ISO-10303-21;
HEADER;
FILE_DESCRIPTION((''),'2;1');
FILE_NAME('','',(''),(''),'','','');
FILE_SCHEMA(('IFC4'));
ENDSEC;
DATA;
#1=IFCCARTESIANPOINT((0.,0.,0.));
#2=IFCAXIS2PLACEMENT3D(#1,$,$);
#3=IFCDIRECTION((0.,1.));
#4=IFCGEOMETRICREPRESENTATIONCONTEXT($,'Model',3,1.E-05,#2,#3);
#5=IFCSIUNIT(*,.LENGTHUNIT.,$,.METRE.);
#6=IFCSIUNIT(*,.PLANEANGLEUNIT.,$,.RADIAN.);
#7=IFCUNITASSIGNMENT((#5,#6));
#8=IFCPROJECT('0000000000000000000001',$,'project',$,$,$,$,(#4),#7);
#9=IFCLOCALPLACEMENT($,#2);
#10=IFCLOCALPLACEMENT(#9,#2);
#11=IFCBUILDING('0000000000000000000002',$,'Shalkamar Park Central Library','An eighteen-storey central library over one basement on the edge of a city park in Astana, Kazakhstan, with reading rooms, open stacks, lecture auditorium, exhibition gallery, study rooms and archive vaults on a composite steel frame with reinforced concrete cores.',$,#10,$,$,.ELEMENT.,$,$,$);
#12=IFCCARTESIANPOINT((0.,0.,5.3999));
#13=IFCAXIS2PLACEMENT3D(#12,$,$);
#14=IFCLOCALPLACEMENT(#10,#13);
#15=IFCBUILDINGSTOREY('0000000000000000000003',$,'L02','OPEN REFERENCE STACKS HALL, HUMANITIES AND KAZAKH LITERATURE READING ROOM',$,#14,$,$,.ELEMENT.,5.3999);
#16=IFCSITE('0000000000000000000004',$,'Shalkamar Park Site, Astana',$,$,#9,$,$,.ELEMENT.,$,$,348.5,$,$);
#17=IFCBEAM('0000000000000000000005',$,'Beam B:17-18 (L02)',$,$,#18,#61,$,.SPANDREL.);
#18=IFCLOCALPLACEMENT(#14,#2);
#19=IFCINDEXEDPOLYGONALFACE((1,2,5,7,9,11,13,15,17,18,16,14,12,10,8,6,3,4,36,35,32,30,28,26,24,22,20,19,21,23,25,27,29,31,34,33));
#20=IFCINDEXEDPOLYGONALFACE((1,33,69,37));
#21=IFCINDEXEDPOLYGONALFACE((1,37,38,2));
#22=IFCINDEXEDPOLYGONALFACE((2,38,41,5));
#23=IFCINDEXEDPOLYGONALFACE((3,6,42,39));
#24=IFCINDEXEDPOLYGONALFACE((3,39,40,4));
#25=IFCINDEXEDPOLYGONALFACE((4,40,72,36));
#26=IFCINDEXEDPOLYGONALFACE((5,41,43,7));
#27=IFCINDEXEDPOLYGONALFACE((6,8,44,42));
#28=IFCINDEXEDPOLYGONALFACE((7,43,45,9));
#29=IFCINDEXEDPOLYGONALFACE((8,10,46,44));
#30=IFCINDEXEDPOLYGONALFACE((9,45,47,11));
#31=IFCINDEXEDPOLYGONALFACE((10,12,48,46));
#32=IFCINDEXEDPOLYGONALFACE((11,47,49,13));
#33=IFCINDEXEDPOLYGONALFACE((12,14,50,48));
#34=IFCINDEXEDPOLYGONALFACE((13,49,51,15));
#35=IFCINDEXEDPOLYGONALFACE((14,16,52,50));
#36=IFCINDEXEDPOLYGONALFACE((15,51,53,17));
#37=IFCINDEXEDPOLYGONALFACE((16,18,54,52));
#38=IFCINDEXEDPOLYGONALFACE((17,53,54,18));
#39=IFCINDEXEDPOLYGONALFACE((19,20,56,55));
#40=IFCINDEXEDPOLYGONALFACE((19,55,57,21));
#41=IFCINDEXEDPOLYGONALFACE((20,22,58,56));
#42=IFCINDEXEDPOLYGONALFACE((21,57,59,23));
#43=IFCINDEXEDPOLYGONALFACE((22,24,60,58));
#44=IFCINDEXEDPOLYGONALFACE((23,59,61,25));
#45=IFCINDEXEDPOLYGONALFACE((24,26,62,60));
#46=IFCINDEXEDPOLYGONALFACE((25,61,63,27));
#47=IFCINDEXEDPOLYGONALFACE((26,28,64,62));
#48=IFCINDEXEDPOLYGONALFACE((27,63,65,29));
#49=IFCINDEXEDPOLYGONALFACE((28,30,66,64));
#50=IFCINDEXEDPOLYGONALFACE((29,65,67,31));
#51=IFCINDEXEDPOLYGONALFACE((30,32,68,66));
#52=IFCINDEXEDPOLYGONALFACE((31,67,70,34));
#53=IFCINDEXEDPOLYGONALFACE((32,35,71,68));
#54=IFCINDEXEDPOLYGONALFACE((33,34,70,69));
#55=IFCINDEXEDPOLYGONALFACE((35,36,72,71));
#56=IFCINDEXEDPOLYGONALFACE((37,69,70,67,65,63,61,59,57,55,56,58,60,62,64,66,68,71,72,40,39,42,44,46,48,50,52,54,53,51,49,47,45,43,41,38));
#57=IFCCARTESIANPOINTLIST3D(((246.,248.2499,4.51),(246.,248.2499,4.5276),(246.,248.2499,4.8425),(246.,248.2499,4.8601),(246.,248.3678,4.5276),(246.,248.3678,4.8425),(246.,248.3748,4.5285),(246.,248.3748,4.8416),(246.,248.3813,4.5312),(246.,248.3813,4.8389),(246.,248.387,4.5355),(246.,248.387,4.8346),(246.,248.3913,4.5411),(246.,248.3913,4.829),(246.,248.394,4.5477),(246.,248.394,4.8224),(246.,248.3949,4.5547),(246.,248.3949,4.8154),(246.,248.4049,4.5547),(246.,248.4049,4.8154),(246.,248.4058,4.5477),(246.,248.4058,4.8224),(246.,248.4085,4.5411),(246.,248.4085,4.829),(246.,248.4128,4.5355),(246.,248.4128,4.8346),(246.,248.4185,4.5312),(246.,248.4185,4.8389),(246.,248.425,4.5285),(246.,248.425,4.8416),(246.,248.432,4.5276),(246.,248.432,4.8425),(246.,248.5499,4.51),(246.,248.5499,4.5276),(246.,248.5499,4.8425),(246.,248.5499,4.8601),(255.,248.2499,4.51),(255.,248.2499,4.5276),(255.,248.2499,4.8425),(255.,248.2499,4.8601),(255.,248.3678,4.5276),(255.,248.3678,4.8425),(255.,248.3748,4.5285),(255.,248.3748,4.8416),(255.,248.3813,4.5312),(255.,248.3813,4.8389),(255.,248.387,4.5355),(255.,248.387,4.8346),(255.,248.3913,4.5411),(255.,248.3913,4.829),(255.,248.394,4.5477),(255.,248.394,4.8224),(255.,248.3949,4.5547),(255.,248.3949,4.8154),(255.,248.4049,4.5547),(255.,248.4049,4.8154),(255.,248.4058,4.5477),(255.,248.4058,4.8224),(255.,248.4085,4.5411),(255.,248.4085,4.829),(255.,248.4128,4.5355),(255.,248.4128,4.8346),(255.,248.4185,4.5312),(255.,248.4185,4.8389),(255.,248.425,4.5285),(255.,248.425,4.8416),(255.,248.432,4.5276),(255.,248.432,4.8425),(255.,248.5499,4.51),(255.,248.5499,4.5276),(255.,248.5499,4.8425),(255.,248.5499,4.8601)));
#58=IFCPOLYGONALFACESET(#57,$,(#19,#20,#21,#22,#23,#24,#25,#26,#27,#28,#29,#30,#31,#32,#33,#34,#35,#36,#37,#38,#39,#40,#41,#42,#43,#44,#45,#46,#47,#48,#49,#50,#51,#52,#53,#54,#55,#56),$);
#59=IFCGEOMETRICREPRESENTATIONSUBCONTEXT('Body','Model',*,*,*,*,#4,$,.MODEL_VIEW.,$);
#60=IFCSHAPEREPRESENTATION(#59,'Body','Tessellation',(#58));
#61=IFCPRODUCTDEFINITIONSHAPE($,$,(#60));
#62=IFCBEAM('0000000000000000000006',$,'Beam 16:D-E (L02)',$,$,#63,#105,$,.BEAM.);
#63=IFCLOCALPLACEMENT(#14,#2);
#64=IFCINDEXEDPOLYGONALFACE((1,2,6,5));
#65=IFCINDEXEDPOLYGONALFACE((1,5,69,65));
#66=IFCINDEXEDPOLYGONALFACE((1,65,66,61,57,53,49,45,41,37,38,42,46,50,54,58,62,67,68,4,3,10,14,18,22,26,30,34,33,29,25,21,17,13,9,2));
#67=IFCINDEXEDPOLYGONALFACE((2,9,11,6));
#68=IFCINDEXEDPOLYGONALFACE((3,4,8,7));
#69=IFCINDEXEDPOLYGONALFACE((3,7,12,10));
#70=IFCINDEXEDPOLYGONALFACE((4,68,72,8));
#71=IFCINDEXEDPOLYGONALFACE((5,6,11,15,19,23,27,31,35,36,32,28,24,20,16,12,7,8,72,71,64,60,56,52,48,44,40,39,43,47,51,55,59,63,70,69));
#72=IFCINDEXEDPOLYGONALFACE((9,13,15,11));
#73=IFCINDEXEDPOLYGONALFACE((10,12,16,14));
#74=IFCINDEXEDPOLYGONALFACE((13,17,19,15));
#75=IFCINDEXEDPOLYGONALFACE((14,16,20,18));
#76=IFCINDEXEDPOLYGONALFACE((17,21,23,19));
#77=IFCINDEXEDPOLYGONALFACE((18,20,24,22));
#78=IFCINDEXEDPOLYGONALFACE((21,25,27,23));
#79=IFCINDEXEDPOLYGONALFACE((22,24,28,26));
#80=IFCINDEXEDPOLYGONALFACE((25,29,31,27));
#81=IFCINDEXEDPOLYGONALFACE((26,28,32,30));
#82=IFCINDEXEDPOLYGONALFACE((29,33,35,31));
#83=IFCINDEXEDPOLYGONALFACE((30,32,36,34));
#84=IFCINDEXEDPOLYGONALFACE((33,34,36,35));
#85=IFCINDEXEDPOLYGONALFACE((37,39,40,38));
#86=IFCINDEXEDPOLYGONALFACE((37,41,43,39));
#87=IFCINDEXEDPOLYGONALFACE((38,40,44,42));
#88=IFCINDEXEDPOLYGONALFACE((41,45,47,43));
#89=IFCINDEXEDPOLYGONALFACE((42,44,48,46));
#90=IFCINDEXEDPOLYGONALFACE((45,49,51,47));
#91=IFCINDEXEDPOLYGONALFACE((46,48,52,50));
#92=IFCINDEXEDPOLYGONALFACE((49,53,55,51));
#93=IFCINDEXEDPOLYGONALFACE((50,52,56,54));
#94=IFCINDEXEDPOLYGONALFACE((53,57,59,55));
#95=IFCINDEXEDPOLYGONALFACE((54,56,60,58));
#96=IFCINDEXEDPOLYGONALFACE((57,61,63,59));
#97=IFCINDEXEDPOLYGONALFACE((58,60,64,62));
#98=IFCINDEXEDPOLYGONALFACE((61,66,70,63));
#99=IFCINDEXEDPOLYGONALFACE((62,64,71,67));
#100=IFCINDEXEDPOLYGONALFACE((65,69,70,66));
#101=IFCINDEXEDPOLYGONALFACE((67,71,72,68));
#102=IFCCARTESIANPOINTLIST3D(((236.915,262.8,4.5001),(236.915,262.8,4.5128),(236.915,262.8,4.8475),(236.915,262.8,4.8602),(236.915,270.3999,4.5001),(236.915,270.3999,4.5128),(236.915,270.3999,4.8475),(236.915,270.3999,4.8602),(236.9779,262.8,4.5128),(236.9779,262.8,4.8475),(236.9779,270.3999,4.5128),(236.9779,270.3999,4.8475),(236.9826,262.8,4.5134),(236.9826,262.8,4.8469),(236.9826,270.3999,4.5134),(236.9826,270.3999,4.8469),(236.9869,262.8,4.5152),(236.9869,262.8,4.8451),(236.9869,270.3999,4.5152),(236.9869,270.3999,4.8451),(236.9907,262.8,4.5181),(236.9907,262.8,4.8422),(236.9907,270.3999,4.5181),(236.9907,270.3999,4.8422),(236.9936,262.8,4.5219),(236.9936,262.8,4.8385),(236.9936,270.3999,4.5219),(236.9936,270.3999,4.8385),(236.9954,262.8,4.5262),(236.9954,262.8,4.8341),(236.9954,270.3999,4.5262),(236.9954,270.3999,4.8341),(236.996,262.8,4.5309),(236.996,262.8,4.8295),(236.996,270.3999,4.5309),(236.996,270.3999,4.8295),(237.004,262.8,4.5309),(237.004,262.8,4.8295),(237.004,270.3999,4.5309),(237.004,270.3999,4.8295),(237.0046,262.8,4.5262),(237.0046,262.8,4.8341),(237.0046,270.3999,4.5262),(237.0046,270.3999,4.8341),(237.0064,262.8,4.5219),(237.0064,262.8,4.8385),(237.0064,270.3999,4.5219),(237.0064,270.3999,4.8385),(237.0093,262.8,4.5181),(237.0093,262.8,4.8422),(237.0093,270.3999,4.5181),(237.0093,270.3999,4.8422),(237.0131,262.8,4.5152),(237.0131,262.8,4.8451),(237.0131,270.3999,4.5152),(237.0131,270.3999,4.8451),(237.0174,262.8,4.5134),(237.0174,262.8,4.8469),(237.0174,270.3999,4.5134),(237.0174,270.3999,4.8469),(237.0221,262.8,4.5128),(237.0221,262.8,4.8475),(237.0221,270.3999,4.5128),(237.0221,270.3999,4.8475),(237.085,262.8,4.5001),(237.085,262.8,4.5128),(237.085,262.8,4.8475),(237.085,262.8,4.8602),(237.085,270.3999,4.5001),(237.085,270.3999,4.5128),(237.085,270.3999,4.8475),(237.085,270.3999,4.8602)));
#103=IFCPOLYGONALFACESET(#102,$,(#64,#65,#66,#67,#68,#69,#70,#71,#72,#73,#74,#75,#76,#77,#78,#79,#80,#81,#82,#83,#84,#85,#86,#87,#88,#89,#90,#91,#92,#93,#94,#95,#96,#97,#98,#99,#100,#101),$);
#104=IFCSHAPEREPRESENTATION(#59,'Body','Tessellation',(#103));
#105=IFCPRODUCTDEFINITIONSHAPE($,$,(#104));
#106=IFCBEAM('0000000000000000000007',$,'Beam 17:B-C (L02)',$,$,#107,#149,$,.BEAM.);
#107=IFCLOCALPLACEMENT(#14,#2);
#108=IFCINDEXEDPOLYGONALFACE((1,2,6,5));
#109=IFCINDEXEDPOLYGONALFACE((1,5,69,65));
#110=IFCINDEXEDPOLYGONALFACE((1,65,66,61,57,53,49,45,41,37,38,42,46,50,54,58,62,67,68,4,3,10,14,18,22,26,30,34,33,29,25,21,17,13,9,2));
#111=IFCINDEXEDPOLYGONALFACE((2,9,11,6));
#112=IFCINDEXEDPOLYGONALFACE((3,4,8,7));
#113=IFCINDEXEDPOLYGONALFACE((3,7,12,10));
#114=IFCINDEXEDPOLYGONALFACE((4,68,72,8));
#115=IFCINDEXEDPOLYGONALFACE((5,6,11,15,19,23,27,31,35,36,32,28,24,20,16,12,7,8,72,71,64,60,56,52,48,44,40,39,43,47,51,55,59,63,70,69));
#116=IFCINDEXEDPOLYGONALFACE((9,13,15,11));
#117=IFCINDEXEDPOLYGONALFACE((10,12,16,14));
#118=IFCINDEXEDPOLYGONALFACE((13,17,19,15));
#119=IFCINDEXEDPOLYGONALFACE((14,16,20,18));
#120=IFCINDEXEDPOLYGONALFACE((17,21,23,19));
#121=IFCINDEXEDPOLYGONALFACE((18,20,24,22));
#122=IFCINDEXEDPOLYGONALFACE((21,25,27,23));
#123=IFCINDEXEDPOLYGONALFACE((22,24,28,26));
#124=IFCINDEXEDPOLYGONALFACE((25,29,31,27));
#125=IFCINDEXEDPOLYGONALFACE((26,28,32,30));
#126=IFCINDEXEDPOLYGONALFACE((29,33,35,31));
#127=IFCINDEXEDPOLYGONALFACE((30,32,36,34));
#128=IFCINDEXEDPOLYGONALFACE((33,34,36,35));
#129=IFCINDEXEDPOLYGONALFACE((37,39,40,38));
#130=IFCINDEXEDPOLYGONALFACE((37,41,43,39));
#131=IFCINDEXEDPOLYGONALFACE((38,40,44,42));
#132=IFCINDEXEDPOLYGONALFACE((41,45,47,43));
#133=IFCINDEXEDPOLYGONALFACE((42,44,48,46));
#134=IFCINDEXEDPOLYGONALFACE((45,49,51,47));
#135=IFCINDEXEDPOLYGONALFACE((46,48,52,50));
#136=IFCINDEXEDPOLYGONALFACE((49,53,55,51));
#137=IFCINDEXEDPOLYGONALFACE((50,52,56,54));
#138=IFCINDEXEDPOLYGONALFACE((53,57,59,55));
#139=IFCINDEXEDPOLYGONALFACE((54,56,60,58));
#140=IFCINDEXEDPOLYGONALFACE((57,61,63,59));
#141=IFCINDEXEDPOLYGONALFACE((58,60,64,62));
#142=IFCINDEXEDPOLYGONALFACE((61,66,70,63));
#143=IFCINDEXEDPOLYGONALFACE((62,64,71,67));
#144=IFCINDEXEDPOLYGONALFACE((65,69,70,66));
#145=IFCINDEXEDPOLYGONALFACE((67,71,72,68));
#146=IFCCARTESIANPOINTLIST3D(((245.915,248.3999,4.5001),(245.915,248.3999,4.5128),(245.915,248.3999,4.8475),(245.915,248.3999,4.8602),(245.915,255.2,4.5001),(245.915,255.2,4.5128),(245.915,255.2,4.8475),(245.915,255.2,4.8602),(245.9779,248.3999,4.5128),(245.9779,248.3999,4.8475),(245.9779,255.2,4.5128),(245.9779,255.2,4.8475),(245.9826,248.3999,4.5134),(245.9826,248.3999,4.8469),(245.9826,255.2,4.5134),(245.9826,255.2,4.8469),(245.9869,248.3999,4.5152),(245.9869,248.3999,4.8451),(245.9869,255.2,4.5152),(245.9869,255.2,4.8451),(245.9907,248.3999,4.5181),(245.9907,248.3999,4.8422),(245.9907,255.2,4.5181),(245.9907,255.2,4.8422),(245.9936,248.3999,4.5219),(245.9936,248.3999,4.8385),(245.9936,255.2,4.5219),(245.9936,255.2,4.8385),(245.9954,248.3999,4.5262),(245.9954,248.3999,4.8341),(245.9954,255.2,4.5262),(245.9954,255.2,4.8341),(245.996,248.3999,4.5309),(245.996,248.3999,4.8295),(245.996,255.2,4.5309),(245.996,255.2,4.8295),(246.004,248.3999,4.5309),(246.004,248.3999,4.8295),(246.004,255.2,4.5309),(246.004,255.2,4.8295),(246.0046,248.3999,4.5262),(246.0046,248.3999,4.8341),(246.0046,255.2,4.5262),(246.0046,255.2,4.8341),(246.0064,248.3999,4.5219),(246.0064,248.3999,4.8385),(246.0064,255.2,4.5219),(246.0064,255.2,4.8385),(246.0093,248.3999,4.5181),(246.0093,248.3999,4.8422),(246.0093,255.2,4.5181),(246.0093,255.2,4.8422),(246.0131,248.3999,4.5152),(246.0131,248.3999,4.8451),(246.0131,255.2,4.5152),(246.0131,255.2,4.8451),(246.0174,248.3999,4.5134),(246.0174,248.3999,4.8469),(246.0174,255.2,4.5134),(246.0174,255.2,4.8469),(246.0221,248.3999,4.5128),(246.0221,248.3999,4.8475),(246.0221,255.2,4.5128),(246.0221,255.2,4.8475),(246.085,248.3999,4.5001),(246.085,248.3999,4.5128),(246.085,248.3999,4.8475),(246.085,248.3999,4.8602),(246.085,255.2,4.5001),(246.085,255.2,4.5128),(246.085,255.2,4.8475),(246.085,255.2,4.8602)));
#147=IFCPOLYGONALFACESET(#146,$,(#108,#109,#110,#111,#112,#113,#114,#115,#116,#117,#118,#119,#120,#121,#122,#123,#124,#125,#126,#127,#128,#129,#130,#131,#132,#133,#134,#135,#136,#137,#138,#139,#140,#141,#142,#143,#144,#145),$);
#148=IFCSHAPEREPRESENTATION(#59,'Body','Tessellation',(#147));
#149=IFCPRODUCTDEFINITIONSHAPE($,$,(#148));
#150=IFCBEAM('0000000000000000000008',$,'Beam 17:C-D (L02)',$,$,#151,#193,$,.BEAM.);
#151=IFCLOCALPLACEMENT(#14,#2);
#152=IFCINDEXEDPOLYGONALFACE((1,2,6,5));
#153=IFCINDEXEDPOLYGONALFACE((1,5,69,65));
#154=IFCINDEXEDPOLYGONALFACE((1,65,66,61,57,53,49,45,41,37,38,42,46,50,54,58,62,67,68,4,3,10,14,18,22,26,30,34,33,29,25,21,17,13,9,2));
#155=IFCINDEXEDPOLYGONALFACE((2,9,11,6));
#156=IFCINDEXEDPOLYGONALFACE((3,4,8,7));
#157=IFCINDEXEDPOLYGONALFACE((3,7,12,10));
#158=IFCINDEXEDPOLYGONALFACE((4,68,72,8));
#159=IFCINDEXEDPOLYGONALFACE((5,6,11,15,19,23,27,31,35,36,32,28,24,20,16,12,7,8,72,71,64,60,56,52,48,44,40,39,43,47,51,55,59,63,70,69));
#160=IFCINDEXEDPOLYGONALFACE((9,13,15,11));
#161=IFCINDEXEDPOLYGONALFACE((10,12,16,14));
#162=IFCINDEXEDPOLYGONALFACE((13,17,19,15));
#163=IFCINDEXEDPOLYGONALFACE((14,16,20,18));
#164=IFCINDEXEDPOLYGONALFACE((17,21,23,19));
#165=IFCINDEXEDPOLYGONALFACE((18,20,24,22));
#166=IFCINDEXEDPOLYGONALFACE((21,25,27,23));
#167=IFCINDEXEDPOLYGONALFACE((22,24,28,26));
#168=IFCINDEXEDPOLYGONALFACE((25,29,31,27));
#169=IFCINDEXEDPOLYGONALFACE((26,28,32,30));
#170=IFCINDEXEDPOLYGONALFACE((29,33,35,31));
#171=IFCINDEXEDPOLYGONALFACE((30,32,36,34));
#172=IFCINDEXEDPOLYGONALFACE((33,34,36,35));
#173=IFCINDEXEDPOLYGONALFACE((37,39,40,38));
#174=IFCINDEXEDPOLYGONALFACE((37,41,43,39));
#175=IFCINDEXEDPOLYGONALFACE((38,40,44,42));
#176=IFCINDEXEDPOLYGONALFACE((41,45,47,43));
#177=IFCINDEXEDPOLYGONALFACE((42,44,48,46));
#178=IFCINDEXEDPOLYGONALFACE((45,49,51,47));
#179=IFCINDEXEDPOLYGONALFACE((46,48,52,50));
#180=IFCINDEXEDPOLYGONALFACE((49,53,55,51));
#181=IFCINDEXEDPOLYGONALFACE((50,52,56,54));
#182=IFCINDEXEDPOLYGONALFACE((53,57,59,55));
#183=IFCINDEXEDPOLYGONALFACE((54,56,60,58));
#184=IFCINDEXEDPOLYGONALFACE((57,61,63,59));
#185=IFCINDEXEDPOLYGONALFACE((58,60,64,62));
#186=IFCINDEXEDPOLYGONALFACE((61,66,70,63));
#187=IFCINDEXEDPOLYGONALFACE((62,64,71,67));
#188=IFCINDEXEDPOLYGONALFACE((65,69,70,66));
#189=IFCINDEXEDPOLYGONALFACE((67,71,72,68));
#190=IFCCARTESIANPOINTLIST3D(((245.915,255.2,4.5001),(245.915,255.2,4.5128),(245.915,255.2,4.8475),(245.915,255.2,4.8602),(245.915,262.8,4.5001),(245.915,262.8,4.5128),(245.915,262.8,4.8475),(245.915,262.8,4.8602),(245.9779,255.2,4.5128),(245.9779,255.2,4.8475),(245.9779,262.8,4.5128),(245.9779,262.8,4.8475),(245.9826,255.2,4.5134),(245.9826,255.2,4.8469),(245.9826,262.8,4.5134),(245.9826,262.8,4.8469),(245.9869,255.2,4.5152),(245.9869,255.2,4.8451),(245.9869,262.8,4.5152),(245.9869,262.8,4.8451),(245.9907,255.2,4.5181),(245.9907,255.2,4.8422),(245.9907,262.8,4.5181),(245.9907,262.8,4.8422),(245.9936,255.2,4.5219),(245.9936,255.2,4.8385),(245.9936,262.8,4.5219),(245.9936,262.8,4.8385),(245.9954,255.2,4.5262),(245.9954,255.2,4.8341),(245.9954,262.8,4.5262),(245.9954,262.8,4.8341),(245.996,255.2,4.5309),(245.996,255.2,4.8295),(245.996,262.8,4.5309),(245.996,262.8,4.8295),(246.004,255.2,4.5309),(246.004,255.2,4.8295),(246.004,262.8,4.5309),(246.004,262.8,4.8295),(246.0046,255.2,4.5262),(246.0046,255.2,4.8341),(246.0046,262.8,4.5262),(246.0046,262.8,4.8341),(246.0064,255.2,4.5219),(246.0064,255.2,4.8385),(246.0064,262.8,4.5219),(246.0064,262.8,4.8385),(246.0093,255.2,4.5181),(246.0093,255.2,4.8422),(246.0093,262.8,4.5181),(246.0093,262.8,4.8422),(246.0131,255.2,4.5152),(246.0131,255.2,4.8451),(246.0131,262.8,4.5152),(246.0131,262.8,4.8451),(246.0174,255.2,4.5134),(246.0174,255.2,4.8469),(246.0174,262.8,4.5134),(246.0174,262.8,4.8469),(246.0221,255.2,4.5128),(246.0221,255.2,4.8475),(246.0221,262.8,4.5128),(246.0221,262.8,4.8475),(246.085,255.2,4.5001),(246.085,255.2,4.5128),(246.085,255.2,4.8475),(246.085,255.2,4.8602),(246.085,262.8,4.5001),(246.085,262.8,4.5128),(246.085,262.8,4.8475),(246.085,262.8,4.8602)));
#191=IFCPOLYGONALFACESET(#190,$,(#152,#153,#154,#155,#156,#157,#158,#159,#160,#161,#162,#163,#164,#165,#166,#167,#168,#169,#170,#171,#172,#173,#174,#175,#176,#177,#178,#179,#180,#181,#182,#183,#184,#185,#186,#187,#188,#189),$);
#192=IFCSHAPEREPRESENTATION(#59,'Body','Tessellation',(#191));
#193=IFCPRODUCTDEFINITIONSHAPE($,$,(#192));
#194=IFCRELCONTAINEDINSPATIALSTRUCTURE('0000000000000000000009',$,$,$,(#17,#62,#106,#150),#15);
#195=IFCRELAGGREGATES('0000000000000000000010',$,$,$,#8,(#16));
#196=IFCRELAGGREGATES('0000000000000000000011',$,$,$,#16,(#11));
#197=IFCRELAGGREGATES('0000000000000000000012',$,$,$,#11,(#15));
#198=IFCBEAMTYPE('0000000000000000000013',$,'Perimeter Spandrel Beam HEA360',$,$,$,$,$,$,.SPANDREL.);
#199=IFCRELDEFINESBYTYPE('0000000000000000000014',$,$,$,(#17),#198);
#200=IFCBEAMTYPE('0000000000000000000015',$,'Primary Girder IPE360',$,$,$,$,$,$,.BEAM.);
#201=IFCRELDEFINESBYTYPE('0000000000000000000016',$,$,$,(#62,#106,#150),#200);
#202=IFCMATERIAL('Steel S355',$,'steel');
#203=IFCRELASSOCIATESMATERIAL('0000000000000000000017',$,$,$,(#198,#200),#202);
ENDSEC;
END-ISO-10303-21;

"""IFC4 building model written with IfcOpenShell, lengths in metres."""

from ifc_helpers import new_model, si_unit, direction, frame, origin, origin_2d, place, context, subcontext, project, spatial, i_section, extrude, material, material_profile, profile_set, type_object, element, save


model = new_model("IFC4")

# Units and contexts
model_context = context("Model", 3, precision=1e-05, world=origin(), true_north=direction((0.0, 1.0)))
body_context = subcontext(model_context, "Body", "Model", "MODEL_VIEW")
ifc_project = project(units=[si_unit("LENGTHUNIT", "METRE"), si_unit("PLANEANGLEUNIT", "RADIAN")], contexts=[model_context])

# Site, building, storey
site_placement = place(None, origin())
site = spatial("IfcSite", under=ifc_project, at=site_placement, Name="Shalkamar Park Site, Astana", CompositionType="ELEMENT", RefElevation=348.5)
building_placement = place(site_placement, origin())
building = spatial("IfcBuilding", under=site, at=building_placement, Name="Shalkamar Park Central Library", Description="An eighteen-storey central library over one basement on the edge of a city park in Astana, Kazakhstan, with reading rooms, open stacks, lecture auditorium, exhibition gallery, study rooms and archive vaults on a composite steel frame with reinforced concrete cores.", CompositionType="ELEMENT")
storey_placement = place(building_placement, frame((0.0, 0.0, 5.3999)))
storey = spatial("IfcBuildingStorey", under=building, at=storey_placement, Name="L02", Description="OPEN REFERENCE STACKS HALL, HUMANITIES AND KAZAKH LITERATURE READING ROOM", CompositionType="ELEMENT", Elevation=5.3999)

# Shared definitions
ifc_material_1 = material(Name="Steel S355", Category="steel")

# Beams
ifc_material_profile_1 = material_profile(ifc_material_1, i_section(OverallWidth=0.3, OverallDepth=0.3501, WebThickness=0.01, FlangeThickness=0.0176, FilletRadius=0.0271, at=origin_2d()), Name="HEA 360")
ifc_profile_set_1 = profile_set([ifc_material_profile_1], Name="Steel S355")
beam_type_1 = type_object("IfcBeamType", Name="Perimeter Spandrel Beam HEA360", PredefinedType="SPANDREL", material=ifc_profile_set_1)
beam_1_placement = place(storey_placement, frame((246.0, 248.3999, 4.6851), z_axis=(1.0, 0.0, 0.0), x_axis=(0.0, 1.0, 0.0)))
element("IfcBeam", 1, at=beam_1_placement, inside=storey, type_object=beam_type_1, Name="Beam B:17-18 (L02)", PredefinedType="SPANDREL", context=body_context, shape_type="SweptSolid", body=[
    extrude(i_section(OverallWidth=0.3, OverallDepth=0.3501, WebThickness=0.01, FlangeThickness=0.0176, FilletRadius=0.0271, at=origin_2d()), origin(), (0.0, 0.0, 1.0), 9.0),
])
ifc_material_profile_2 = material_profile(ifc_material_1, i_section(OverallWidth=0.1699, OverallDepth=0.3601, WebThickness=0.0081, FlangeThickness=0.0127, FilletRadius=0.0181, at=origin_2d()), Name="IPE 360")
ifc_profile_set_2 = profile_set([ifc_material_profile_2], Name="Steel S355")
beam_type_2 = type_object("IfcBeamType", Name="Primary Girder IPE360", PredefinedType="BEAM", material=ifc_profile_set_2)
beam_2_placement = place(storey_placement, frame((237.0, 262.8, 4.6802), z_axis=(0.0, 1.0, 0.0), x_axis=(-1.0, 0.0, 0.0)))
element("IfcBeam", 2, at=beam_2_placement, inside=storey, type_object=beam_type_2, Name="Beam 16:D-E (L02)", PredefinedType="BEAM", context=body_context, shape_type="SweptSolid", body=[
    extrude(i_section(OverallWidth=0.1699, OverallDepth=0.3601, WebThickness=0.0081, FlangeThickness=0.0127, FilletRadius=0.0181, at=origin_2d()), origin(), (0.0, 0.0, 1.0), 7.5999),
])
beam_3_placement = place(storey_placement, frame((246.0, 248.3999, 4.6802), z_axis=(0.0, 1.0, 0.0), x_axis=(-1.0, 0.0, 0.0)))
element("IfcBeam", 3, at=beam_3_placement, inside=storey, type_object=beam_type_2, Name="Beam 17:B-C (L02)", PredefinedType="BEAM", context=body_context, shape_type="SweptSolid", body=[
    extrude(i_section(OverallWidth=0.1699, OverallDepth=0.3601, WebThickness=0.0081, FlangeThickness=0.0127, FilletRadius=0.0181, at=origin_2d()), origin(), (0.0, 0.0, 1.0), 6.8),
])
beam_4_placement = place(storey_placement, frame((246.0, 255.2, 4.6802), z_axis=(0.0, 1.0, 0.0), x_axis=(-1.0, 0.0, 0.0)))
element("IfcBeam", 4, at=beam_4_placement, inside=storey, type_object=beam_type_2, Name="Beam 17:C-D (L02)", PredefinedType="BEAM", context=body_context, shape_type="SweptSolid", body=[
    extrude(i_section(OverallWidth=0.1699, OverallDepth=0.3601, WebThickness=0.0081, FlangeThickness=0.0127, FilletRadius=0.0181, at=origin_2d()), origin(), (0.0, 0.0, 1.0), 7.6001),
])

save(model, "model.ifc")
